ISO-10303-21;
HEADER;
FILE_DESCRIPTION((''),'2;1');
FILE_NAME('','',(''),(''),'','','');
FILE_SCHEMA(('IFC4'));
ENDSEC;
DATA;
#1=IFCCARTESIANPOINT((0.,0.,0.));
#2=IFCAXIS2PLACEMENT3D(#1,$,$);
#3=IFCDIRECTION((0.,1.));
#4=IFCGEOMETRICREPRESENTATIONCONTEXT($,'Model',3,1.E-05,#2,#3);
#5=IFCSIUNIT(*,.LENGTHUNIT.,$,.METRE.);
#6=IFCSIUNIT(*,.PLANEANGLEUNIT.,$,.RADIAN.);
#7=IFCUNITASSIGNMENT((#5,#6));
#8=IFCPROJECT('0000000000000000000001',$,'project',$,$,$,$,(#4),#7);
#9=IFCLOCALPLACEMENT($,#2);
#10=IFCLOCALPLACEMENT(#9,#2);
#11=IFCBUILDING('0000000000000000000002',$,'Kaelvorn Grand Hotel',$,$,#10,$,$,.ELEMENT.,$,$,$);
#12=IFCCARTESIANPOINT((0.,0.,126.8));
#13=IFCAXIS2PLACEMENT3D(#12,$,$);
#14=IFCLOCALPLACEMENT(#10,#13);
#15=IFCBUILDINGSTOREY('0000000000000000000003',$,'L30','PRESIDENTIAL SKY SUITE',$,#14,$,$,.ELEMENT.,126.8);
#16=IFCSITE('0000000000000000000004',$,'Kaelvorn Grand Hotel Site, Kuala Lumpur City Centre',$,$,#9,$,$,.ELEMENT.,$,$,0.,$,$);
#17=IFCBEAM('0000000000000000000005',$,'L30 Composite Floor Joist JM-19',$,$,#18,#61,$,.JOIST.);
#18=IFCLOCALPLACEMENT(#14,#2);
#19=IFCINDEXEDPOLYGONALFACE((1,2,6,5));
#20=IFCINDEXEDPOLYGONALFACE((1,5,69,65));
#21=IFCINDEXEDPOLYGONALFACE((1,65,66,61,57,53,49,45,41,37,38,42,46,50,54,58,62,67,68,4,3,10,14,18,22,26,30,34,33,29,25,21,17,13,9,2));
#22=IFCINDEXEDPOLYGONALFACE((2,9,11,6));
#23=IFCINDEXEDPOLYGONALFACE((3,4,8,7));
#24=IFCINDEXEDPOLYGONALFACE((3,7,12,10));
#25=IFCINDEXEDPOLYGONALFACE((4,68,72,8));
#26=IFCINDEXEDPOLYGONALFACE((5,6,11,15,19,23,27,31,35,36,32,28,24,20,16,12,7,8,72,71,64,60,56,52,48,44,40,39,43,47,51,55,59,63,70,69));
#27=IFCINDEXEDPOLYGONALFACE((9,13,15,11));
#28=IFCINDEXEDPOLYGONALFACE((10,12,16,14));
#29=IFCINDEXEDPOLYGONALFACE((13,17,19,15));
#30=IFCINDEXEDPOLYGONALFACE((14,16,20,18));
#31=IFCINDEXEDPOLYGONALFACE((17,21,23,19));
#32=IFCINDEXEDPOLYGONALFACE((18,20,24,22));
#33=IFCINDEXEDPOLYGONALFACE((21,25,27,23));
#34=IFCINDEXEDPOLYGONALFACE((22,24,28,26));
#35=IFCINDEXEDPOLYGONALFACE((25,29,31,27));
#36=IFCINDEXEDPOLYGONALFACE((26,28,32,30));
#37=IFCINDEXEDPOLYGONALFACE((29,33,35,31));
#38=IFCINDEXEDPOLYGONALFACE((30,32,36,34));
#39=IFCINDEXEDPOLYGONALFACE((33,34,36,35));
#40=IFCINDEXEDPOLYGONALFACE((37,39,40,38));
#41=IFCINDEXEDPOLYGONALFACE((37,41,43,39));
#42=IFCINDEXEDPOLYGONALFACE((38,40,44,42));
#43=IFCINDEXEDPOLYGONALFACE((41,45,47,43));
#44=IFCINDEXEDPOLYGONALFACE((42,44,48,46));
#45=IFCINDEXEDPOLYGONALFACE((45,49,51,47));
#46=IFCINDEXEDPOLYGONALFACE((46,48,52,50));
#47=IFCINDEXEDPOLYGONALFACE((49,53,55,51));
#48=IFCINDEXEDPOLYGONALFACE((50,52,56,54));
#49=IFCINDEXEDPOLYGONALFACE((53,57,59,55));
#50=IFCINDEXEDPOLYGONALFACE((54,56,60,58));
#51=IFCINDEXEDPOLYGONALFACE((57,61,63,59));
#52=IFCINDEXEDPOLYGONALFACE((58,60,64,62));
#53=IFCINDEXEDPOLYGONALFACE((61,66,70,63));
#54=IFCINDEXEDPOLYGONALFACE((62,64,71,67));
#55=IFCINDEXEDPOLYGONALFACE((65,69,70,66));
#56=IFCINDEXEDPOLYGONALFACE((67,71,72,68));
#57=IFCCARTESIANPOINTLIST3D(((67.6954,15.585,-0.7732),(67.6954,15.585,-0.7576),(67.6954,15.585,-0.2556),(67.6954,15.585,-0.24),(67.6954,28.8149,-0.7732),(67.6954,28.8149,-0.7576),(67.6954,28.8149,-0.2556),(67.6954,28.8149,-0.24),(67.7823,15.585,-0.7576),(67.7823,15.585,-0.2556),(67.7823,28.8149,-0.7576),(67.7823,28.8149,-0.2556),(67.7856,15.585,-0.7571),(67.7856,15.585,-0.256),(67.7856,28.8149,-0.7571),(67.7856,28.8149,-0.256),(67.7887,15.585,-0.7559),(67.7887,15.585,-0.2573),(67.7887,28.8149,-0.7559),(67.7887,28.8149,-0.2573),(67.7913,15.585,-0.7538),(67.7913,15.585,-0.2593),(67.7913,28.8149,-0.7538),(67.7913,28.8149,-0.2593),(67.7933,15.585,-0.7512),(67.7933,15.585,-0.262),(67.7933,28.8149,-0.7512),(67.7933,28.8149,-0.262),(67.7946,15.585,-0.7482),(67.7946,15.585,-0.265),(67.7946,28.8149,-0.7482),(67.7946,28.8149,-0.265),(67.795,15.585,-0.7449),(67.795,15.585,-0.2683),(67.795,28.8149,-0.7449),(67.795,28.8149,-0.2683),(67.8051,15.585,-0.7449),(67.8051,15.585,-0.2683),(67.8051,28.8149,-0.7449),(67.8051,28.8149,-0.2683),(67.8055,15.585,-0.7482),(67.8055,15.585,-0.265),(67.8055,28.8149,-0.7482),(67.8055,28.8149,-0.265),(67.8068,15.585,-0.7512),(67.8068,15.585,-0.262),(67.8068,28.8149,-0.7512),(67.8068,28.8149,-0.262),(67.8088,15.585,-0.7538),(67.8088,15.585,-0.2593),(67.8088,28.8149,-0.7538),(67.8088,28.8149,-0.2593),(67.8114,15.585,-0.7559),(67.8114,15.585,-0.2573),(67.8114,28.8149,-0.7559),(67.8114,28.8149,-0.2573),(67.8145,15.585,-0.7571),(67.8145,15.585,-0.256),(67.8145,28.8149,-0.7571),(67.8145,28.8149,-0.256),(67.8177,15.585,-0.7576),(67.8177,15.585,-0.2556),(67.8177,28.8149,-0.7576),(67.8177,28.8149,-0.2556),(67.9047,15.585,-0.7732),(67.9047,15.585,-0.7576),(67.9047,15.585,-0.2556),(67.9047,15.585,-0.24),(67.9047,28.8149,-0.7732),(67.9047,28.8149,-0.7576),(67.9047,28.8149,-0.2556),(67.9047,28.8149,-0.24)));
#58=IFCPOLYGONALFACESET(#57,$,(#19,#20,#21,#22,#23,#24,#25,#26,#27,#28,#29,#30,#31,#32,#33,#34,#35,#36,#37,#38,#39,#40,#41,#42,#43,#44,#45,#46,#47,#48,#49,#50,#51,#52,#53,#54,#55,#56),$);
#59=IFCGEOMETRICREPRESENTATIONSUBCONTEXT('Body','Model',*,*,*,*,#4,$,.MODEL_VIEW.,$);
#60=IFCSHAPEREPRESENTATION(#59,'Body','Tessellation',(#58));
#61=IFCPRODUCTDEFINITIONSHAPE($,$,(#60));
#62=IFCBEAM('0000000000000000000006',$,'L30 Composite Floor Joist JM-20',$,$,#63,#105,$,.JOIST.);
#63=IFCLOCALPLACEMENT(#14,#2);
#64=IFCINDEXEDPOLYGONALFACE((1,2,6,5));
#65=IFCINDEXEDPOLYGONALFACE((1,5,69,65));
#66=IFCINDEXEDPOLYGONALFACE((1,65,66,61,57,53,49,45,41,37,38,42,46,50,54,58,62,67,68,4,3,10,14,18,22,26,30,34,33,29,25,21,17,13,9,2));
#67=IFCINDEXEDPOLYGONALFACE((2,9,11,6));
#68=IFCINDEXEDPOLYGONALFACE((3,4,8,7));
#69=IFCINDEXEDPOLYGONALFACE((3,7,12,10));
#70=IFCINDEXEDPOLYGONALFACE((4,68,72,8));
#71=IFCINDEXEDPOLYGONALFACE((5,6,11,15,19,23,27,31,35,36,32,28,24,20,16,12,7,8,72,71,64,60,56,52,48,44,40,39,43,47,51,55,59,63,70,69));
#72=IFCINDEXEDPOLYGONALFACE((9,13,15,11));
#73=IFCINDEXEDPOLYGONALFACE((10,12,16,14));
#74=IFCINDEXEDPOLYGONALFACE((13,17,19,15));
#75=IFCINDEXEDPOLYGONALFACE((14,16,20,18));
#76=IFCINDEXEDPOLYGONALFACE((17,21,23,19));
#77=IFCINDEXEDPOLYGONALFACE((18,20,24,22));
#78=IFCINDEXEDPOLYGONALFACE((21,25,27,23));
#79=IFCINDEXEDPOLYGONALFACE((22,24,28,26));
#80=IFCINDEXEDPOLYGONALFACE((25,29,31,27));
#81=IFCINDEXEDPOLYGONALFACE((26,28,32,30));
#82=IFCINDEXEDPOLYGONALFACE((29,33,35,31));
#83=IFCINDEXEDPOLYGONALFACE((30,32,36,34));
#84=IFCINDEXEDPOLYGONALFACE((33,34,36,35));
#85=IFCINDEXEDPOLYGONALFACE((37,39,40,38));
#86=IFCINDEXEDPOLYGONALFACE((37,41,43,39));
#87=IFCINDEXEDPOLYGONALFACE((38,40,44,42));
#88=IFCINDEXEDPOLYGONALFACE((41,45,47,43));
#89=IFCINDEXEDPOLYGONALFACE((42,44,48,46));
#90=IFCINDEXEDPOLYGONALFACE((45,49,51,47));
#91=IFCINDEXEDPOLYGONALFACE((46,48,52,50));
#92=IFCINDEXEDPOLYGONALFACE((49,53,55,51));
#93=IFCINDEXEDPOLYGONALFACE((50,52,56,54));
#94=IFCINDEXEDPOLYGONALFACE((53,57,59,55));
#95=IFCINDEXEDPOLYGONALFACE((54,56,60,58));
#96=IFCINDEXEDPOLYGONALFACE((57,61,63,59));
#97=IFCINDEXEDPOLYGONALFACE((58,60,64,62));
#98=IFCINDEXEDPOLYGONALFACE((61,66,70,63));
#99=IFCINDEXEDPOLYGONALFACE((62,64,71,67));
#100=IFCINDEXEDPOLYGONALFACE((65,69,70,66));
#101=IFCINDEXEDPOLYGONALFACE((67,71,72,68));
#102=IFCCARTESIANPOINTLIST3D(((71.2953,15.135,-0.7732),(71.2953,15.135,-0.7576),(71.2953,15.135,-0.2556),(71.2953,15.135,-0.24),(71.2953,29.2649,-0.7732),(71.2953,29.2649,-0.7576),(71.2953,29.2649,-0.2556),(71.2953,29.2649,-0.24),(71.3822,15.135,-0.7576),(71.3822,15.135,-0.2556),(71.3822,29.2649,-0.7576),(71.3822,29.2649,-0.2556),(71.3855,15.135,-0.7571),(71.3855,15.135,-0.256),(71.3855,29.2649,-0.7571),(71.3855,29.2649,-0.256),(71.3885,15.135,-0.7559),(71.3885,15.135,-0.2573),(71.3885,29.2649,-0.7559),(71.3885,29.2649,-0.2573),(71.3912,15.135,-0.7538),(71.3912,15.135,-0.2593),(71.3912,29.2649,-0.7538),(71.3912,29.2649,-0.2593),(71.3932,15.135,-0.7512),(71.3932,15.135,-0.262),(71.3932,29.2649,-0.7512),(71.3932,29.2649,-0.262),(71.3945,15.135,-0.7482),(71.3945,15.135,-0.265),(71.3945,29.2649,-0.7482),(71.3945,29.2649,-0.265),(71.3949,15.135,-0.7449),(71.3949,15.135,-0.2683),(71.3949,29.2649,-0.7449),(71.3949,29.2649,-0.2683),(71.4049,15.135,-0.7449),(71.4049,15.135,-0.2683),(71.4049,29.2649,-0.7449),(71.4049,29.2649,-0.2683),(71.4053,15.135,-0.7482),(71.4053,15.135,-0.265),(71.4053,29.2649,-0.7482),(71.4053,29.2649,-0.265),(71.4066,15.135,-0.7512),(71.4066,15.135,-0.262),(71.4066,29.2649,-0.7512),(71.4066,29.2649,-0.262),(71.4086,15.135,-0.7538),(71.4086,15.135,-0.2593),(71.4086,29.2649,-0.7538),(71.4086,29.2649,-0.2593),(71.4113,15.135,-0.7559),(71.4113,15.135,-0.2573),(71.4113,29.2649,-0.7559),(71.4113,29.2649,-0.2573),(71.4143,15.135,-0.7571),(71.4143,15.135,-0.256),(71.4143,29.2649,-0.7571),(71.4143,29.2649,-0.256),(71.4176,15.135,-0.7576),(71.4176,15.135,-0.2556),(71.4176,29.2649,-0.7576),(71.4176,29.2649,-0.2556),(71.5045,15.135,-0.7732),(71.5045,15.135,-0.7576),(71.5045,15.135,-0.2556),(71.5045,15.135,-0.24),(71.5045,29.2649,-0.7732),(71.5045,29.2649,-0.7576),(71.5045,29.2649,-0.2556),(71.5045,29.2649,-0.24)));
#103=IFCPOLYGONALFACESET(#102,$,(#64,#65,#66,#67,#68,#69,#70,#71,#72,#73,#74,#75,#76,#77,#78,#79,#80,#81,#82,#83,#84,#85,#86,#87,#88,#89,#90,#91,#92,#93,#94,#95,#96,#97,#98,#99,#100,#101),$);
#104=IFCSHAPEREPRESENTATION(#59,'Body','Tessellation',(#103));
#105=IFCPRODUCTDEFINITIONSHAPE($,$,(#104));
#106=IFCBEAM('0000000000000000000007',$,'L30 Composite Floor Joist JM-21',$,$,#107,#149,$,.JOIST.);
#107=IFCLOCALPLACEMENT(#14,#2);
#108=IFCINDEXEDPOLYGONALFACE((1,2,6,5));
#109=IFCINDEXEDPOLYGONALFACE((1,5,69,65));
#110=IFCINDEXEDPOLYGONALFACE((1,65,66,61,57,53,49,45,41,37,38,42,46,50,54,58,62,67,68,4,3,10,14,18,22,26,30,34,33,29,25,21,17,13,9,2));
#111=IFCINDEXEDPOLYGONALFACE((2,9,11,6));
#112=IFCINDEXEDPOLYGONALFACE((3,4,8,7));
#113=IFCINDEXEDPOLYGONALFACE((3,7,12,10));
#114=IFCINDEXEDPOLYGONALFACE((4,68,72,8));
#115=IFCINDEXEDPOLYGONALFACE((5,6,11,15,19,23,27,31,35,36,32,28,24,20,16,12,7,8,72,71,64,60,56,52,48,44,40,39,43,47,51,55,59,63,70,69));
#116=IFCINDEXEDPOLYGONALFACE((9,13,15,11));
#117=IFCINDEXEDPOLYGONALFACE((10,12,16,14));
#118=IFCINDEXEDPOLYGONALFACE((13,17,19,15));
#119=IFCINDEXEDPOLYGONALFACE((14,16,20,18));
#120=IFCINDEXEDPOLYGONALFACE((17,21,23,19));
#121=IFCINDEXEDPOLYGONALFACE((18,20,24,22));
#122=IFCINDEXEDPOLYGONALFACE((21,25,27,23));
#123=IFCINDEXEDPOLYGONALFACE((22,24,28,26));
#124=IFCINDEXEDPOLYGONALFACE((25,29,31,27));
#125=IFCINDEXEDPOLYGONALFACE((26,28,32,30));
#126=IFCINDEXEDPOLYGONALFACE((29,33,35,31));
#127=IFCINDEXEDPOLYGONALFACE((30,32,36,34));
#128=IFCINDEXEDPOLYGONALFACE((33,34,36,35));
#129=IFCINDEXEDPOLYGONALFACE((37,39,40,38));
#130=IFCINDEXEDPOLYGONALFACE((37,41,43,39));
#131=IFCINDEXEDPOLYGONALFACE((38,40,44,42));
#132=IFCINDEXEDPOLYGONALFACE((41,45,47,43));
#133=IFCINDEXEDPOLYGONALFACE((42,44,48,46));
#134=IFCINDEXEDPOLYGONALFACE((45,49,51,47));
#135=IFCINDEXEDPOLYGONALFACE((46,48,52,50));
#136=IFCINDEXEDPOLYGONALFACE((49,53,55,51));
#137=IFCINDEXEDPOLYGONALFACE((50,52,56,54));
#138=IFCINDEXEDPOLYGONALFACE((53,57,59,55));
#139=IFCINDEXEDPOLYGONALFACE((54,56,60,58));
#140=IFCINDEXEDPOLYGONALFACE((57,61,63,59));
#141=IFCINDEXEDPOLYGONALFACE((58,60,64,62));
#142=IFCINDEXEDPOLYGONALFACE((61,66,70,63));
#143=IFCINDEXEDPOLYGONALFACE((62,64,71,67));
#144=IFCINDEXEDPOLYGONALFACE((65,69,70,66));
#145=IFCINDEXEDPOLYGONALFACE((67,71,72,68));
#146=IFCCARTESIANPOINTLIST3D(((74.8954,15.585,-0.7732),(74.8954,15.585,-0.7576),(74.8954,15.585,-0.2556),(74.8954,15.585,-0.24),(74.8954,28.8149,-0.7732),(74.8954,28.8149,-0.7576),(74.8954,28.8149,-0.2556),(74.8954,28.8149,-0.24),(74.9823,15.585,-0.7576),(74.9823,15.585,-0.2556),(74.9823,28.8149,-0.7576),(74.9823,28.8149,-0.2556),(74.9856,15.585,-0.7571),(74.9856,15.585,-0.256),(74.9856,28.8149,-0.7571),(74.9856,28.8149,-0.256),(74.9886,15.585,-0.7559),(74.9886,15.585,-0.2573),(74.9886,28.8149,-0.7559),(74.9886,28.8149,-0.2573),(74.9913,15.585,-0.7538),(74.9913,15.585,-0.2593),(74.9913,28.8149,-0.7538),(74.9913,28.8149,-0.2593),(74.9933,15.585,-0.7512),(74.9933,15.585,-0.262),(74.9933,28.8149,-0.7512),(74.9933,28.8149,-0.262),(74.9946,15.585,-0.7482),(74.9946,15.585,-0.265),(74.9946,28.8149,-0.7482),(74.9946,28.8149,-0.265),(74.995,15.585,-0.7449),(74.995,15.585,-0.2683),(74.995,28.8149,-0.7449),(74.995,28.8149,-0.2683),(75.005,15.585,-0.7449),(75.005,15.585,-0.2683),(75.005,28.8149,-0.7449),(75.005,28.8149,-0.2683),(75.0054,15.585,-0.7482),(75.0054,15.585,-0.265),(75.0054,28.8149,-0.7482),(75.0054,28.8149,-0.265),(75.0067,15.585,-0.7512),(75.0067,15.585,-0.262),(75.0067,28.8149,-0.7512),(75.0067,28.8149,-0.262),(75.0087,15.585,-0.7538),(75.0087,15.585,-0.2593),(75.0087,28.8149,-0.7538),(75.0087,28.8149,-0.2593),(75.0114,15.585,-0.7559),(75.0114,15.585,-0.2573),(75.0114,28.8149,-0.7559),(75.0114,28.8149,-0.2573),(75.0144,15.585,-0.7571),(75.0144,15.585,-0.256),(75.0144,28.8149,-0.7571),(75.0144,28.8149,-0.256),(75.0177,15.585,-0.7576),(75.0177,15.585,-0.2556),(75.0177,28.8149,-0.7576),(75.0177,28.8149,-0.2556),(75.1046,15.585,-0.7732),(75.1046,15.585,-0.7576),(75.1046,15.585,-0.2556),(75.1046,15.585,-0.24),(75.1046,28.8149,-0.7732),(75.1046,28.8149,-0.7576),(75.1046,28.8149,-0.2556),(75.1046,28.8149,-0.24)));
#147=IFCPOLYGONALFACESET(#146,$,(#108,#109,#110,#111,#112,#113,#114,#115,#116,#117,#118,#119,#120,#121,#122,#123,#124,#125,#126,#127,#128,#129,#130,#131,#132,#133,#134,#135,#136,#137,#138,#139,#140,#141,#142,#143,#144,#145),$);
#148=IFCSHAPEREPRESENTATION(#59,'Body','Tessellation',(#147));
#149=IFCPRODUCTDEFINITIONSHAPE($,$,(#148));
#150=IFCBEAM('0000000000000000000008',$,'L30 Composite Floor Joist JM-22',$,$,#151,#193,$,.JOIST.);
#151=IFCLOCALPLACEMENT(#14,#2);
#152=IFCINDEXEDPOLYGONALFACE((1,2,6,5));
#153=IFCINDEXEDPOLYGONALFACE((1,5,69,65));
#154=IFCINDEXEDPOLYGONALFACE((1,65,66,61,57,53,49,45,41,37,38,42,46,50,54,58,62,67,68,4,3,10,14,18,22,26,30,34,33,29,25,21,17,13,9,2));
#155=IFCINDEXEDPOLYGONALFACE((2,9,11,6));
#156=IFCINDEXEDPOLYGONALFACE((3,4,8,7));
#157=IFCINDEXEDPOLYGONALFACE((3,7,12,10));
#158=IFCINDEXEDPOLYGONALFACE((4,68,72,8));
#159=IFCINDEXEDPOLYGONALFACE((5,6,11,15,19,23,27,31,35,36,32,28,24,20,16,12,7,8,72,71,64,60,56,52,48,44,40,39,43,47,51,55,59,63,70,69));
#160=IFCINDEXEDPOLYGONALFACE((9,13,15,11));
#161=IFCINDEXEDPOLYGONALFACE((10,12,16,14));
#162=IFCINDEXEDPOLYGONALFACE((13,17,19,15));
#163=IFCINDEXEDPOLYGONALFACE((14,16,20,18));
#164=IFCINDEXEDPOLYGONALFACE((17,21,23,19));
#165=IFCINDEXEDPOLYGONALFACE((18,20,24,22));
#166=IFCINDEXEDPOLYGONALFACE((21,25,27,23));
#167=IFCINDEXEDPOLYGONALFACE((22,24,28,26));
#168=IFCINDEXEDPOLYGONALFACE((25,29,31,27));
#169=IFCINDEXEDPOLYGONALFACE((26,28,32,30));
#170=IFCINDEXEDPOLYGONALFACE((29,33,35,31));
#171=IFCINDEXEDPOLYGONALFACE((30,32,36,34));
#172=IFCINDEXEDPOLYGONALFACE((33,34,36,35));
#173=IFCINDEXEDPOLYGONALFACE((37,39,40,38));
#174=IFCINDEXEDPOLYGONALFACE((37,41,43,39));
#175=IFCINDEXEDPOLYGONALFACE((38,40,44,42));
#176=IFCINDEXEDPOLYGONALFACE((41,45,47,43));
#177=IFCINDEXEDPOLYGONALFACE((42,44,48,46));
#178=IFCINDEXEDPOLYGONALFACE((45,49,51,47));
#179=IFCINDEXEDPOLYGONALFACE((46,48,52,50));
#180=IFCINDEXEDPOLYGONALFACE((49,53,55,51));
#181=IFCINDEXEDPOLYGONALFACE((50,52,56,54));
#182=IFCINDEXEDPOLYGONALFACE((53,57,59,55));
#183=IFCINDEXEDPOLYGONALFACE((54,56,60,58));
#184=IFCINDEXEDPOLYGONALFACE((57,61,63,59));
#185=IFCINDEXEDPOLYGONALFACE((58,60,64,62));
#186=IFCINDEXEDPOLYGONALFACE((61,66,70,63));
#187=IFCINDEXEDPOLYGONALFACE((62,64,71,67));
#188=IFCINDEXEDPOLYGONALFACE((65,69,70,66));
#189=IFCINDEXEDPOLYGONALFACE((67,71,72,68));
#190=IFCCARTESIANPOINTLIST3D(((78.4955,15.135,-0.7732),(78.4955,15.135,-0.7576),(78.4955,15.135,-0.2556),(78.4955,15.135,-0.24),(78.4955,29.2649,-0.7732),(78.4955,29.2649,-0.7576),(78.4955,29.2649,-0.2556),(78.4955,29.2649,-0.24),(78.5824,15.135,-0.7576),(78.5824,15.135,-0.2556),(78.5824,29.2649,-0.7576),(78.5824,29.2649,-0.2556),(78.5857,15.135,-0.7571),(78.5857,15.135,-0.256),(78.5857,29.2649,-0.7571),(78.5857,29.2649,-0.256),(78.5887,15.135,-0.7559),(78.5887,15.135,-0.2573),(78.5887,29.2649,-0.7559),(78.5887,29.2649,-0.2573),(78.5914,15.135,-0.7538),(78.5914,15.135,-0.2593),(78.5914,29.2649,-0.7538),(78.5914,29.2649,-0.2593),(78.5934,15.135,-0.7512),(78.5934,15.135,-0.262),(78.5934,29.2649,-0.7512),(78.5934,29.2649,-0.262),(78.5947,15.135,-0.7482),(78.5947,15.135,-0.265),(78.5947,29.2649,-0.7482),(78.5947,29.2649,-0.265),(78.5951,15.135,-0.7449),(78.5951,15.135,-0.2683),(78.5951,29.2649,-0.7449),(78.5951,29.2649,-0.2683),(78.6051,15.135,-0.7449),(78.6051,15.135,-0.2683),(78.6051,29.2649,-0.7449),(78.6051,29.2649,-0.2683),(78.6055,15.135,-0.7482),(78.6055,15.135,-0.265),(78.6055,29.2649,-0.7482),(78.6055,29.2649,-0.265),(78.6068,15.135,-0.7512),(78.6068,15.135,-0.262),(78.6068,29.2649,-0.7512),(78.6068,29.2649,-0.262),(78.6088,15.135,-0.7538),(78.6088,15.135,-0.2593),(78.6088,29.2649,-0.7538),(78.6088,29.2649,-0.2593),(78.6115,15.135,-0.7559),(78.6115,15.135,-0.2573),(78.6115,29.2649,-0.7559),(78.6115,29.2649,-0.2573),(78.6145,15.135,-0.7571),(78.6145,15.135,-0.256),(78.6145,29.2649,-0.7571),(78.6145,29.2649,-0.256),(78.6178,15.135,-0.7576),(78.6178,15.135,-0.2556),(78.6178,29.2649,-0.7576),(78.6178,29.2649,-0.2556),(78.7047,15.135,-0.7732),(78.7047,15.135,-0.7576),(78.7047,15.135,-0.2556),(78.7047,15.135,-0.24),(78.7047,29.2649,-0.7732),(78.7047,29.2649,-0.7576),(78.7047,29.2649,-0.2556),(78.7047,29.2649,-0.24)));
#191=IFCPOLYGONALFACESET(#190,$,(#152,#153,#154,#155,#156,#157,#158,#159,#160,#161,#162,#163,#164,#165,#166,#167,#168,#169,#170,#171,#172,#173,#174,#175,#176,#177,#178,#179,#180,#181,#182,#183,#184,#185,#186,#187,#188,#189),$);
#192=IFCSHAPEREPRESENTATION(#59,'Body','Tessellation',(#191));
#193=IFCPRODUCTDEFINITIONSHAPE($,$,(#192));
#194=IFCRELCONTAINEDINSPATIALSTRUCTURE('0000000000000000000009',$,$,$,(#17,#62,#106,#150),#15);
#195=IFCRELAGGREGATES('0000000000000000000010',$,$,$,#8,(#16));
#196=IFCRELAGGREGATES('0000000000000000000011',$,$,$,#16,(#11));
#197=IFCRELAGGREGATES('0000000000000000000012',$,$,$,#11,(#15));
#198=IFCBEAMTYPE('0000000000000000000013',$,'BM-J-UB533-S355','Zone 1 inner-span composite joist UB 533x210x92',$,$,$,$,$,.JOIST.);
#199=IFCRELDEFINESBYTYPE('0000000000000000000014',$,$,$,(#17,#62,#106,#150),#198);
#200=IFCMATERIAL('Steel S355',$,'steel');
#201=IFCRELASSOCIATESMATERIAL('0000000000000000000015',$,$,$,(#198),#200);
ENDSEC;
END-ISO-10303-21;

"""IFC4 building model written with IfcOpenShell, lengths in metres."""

from ifc_helpers import new_model, si_unit, direction, frame, origin, origin_2d, place, context, subcontext, project, spatial, i_section, extrude, material, material_profile, profile_set, type_object, element, save


model = new_model("IFC4")

# Units and contexts
model_context = context("Model", 3, precision=1e-05, world=origin(), true_north=direction((0.0, 1.0)))
body_context = subcontext(model_context, "Body", "Model", "MODEL_VIEW")
ifc_project = project(units=[si_unit("LENGTHUNIT", "METRE"), si_unit("PLANEANGLEUNIT", "RADIAN")], contexts=[model_context])

# Site, building, storey
site_placement = place(None, origin())
site = spatial("IfcSite", under=ifc_project, at=site_placement, Name="Kaelvorn Grand Hotel Site, Kuala Lumpur City Centre", CompositionType="ELEMENT", RefElevation=0.0)
building_placement = place(site_placement, origin())
building = spatial("IfcBuilding", under=site, at=building_placement, Name="Kaelvorn Grand Hotel", CompositionType="ELEMENT")
storey_placement = place(building_placement, frame((0.0, 0.0, 126.8)))
storey = spatial("IfcBuildingStorey", under=building, at=storey_placement, Name="L30", Description="PRESIDENTIAL SKY SUITE", CompositionType="ELEMENT", Elevation=126.8)

# Beams
ifc_material_1 = material(Name="Steel S355", Category="steel")
ifc_material_profile_1 = material_profile(ifc_material_1, i_section(OverallWidth=0.2092, OverallDepth=0.5332, WebThickness=0.01, FlangeThickness=0.0156, FilletRadius=0.0127, at=origin_2d()), Name="UB 533x210x92")
ifc_profile_set_1 = profile_set([ifc_material_profile_1], Name="Steel S355")
beam_type_1 = type_object("IfcBeamType", Name="BM-J-UB533-S355", Description="Zone 1 inner-span composite joist UB 533x210x92", PredefinedType="JOIST", material=ifc_profile_set_1)
beam_1_placement = place(storey_placement, frame((67.8, 15.585, -0.5066), z_axis=(0.0, 1.0, 0.0), x_axis=(-1.0, 0.0, 0.0)))
element("IfcBeam", 1, at=beam_1_placement, inside=storey, type_object=beam_type_1, Name="L30 Composite Floor Joist JM-19", PredefinedType="JOIST", context=body_context, shape_type="SweptSolid", body=[
    extrude(i_section(OverallWidth=0.2092, OverallDepth=0.5332, WebThickness=0.01, FlangeThickness=0.0156, FilletRadius=0.0127, at=origin_2d()), origin(), (0.0, 0.0, 1.0), 13.23),
])
beam_2_placement = place(storey_placement, frame((71.3999, 15.135, -0.5066), z_axis=(0.0, 1.0, 0.0), x_axis=(-1.0, 0.0, 0.0)))
element("IfcBeam", 2, at=beam_2_placement, inside=storey, type_object=beam_type_1, Name="L30 Composite Floor Joist JM-20", PredefinedType="JOIST", context=body_context, shape_type="SweptSolid", body=[
    extrude(i_section(OverallWidth=0.2092, OverallDepth=0.5332, WebThickness=0.01, FlangeThickness=0.0156, FilletRadius=0.0127, at=origin_2d()), origin(), (0.0, 0.0, 1.0), 14.1299),
])
beam_3_placement = place(storey_placement, frame((75.0, 15.585, -0.5066), z_axis=(0.0, 1.0, 0.0), x_axis=(-1.0, 0.0, 0.0)))
element("IfcBeam", 3, at=beam_3_placement, inside=storey, type_object=beam_type_1, Name="L30 Composite Floor Joist JM-21", PredefinedType="JOIST", context=body_context, shape_type="SweptSolid", body=[
    extrude(i_section(OverallWidth=0.2092, OverallDepth=0.5332, WebThickness=0.01, FlangeThickness=0.0156, FilletRadius=0.0127, at=origin_2d()), origin(), (0.0, 0.0, 1.0), 13.23),
])
beam_4_placement = place(storey_placement, frame((78.6001, 15.135, -0.5066), z_axis=(0.0, 1.0, 0.0), x_axis=(-1.0, 0.0, 0.0)))
element("IfcBeam", 4, at=beam_4_placement, inside=storey, type_object=beam_type_1, Name="L30 Composite Floor Joist JM-22", PredefinedType="JOIST", context=body_context, shape_type="SweptSolid", body=[
    extrude(i_section(OverallWidth=0.2092, OverallDepth=0.5332, WebThickness=0.01, FlangeThickness=0.0156, FilletRadius=0.0127, at=origin_2d()), origin(), (0.0, 0.0, 1.0), 14.1299),
])

save(model, "model.ifc")
